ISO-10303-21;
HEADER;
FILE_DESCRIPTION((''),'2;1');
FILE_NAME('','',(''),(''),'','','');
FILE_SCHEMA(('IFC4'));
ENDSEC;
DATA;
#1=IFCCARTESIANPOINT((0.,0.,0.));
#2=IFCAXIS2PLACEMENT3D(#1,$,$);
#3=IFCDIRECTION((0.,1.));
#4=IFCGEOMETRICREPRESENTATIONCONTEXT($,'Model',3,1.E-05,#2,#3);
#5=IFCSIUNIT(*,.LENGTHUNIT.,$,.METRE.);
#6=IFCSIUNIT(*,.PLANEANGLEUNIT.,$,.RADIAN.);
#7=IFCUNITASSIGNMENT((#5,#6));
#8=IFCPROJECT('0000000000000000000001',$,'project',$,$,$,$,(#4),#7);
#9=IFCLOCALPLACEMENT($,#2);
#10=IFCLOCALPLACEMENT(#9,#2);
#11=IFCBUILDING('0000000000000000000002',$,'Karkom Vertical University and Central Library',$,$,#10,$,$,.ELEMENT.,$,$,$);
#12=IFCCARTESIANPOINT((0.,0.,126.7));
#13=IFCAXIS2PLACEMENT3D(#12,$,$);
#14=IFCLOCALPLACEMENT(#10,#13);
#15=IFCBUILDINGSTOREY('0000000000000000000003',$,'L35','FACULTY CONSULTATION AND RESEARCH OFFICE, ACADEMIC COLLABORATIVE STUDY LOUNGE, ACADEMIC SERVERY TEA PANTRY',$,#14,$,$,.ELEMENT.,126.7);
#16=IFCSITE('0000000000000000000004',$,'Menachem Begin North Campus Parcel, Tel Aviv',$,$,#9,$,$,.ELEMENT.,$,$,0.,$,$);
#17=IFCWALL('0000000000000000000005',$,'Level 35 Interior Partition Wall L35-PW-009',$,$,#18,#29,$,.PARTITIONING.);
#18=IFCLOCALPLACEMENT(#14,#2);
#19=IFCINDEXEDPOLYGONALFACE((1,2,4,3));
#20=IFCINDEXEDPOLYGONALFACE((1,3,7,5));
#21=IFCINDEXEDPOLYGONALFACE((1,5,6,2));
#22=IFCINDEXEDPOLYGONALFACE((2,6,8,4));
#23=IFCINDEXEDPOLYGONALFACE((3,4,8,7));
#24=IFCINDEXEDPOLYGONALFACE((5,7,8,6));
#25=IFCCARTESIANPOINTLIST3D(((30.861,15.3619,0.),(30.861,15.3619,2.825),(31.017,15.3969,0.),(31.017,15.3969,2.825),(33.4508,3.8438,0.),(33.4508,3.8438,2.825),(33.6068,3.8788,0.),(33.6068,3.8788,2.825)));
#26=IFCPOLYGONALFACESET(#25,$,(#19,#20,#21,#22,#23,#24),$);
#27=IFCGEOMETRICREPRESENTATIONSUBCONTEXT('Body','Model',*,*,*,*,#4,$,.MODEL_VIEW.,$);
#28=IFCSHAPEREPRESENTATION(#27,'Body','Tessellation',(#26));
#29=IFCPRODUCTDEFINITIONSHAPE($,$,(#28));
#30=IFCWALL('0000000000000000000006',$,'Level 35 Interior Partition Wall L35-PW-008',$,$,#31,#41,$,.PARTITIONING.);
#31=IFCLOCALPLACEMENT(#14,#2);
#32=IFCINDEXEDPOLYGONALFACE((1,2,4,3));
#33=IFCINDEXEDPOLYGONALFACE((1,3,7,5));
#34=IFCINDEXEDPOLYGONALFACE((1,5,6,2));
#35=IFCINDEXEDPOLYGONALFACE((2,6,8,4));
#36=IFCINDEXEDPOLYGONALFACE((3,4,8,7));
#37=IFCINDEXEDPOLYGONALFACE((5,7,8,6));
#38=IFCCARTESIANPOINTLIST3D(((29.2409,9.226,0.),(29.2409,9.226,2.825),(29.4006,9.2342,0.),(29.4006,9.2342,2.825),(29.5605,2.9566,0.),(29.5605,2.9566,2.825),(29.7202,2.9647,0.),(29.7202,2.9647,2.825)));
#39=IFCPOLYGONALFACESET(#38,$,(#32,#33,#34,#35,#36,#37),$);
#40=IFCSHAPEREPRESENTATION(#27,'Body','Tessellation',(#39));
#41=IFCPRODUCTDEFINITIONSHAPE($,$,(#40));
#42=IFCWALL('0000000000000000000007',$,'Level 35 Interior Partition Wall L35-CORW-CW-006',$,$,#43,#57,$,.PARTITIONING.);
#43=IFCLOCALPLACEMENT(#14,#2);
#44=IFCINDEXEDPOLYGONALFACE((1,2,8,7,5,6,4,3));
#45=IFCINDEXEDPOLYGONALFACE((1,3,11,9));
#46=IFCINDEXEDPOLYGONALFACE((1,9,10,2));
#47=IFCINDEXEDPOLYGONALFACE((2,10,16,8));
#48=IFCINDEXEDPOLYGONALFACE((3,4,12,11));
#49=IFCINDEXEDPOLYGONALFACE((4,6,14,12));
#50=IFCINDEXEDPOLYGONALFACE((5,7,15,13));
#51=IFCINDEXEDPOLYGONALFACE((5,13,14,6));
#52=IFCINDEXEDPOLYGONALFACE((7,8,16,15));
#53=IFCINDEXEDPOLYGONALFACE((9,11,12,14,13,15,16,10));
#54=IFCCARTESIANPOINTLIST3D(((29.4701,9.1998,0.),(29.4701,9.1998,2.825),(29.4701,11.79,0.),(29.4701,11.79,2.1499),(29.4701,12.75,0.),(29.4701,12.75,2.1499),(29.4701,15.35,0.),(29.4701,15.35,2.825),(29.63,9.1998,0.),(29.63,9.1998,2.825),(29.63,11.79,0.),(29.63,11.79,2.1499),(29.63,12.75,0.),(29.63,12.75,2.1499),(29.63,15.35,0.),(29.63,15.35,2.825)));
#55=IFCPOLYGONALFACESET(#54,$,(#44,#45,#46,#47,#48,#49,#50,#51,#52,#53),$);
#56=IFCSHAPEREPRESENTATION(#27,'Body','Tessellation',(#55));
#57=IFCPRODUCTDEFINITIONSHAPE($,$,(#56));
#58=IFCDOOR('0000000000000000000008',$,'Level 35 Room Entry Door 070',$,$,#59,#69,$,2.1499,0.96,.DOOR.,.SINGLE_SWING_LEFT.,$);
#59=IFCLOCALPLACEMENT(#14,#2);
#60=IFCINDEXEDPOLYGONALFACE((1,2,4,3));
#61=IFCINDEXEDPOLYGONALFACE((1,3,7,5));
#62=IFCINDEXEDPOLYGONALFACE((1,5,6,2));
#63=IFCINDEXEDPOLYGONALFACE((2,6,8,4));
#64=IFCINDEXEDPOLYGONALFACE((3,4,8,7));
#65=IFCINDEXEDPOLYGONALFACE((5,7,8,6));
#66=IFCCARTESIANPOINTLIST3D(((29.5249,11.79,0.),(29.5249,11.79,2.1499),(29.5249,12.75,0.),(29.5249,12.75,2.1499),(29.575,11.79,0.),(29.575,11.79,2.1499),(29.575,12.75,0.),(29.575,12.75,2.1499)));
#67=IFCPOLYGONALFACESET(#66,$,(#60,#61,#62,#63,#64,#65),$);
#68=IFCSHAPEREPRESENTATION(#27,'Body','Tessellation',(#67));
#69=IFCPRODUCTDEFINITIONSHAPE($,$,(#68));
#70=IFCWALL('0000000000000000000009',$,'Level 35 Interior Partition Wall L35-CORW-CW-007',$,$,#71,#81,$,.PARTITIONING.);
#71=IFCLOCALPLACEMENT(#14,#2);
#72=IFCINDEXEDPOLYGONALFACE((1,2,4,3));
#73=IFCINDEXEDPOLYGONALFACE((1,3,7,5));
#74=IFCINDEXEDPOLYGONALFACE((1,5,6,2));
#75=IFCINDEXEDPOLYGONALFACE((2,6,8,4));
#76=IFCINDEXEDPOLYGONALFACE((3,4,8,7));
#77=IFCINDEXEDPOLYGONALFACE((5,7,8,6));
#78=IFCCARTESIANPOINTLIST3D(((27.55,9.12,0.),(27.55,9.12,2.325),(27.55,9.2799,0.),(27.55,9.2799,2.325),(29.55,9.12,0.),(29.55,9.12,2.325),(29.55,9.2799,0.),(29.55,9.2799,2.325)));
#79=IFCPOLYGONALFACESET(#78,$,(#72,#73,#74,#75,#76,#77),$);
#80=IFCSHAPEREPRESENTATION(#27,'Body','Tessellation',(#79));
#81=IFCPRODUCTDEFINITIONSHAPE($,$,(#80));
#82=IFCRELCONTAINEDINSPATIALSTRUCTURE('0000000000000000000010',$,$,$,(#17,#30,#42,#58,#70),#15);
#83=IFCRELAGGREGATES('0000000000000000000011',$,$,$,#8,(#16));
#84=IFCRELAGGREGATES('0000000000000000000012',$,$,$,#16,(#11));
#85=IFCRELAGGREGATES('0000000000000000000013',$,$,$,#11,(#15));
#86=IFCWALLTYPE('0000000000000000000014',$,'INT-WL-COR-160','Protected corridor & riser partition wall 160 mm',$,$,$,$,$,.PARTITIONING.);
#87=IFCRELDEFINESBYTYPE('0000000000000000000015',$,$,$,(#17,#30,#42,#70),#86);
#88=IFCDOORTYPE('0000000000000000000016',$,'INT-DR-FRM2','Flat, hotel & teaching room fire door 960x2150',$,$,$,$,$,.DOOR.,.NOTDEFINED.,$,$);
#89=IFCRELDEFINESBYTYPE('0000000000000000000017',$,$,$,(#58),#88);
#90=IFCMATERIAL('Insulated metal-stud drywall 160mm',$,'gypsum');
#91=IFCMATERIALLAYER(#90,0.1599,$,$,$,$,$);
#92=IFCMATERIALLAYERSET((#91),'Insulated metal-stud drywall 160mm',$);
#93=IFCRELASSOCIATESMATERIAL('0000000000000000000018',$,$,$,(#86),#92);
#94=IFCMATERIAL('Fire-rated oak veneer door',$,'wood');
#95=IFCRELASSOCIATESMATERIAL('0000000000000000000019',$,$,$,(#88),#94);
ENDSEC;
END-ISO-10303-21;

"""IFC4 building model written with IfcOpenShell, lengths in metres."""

from ifc_helpers import new_model, si_unit, direction, frame, frame_2d, origin, origin_with_axes, place, context, subcontext, project, spatial, rectangle, extrude, source, transform, mapped, material, layer, layer_set, type_object, element, fill, save


model = new_model("IFC4")

# Units and contexts
model_context = context("Model", 3, precision=1e-05, world=origin(), true_north=direction((0.0, 1.0)))
body_context = subcontext(model_context, "Body", "Model", "MODEL_VIEW")
ifc_project = project(units=[si_unit("LENGTHUNIT", "METRE"), si_unit("PLANEANGLEUNIT", "RADIAN")], contexts=[model_context])

# Site, building, storey
site_placement = place(None, origin())
site = spatial("IfcSite", under=ifc_project, at=site_placement, Name="Menachem Begin North Campus Parcel, Tel Aviv", CompositionType="ELEMENT", RefElevation=0.0)
building_placement = place(site_placement, origin())
building = spatial("IfcBuilding", under=site, at=building_placement, Name="Karkom Vertical University and Central Library", CompositionType="ELEMENT")
storey_placement = place(building_placement, frame((0.0, 0.0, 126.7)))
storey = spatial("IfcBuildingStorey", under=building, at=storey_placement, Name="L35", Description="FACULTY CONSULTATION AND RESEARCH OFFICE, ACADEMIC COLLABORATIVE STUDY LOUNGE, ACADEMIC SERVERY TEA PANTRY", CompositionType="ELEMENT", Elevation=126.7)

# Wall
ifc_material_1 = material(Name="Insulated metal-stud drywall 160mm", Category="gypsum")
ifc_layer = layer(ifc_material_1, 0.1599)
ifc_layer_set = layer_set([ifc_layer], Name="Insulated metal-stud drywall 160mm")
wall_type = type_object("IfcWallType", Name="INT-WL-COR-160", Description="Protected corridor & riser partition wall 160 mm", PredefinedType="PARTITIONING", material=ifc_layer_set)
wall_1_placement = place(storey_placement, frame((30.939, 15.3794, 0.0), z_axis=(0.0, 0.0, 1.0), x_axis=(0.219373, -0.975641, 0.0)))
element("IfcWall", 1, at=wall_1_placement, inside=storey, type_object=wall_type, Name="Level 35 Interior Partition Wall L35-PW-009", PredefinedType="PARTITIONING", context=body_context, shape_type="SweptSolid", body=[
    extrude(rectangle(XDim=11.8057, YDim=0.1599, at=frame_2d((5.9028, 0.0))), origin(), (0.0, 0.0, 1.0), 2.825),
])

# Shared definitions
ifc_material_2 = material(Name="Fire-rated oak veneer door", Category="wood")
door_type_1 = type_object("IfcDoorType", Name="INT-DR-FRM2", Description="Flat, hotel & teaching room fire door 960x2150", OperationType="NOTDEFINED", PredefinedType="DOOR", material=ifc_material_2)
shared_shape_1 = source(origin_with_axes(), body_context, "Body", "SweptSolid", [
    extrude(rectangle(XDim=0.96, YDim=2.1499, at=frame_2d((0.48, 1.075))), frame((0.0, 0.0249, 0.0), z_axis=(0.0, -1.0, 0.0), x_axis=(1.0, 0.0, 0.0)), (0.0, 0.0, 1.0), 0.05),
])

# Wall
wall_2_placement = place(storey_placement, frame((29.3208, 9.23, 0.0), z_axis=(0.0, 0.0, 1.0), x_axis=(0.050907, -0.998703, 0.0)))
element("IfcWall", 2, at=wall_2_placement, inside=storey, type_object=wall_type, Name="Level 35 Interior Partition Wall L35-PW-008", PredefinedType="PARTITIONING", context=body_context, shape_type="SweptSolid", body=[
    extrude(rectangle(XDim=6.2776, YDim=0.1599, at=frame_2d((3.1387, 0.0))), origin(), (0.0, 0.0, 1.0), 2.825),
])

# Wall, opening, door
wall_3_placement = place(storey_placement, frame((29.55, 15.3501, 0.0), z_axis=(0.0, 0.0, 1.0), x_axis=(0.0, -1.0, 0.0)))
wall_3 = element("IfcWall", 3, at=wall_3_placement, inside=storey, type_object=wall_type, Name="Level 35 Interior Partition Wall L35-CORW-CW-006", PredefinedType="PARTITIONING", context=body_context, shape_type="SweptSolid", body=[
    extrude(rectangle(XDim=6.1501, YDim=0.1599, at=frame_2d((3.0752, 0.0))), origin(), (0.0, 0.0, 1.0), 2.825),
])
opening_1_placement = place(wall_3_placement, frame((2.6001, 0.0, 0.0)))
opening_1 = element("IfcOpeningElement", 4, at=opening_1_placement, cuts=wall_3, PredefinedType="OPENING", context=body_context, shape_type="SweptSolid", body=[
    extrude(rectangle(XDim=0.96, YDim=2.1499, at=frame_2d((0.48, 1.075))), frame((0.0, 0.0898, 0.0), z_axis=(0.0, -1.0, 0.0), x_axis=(1.0, 0.0, 0.0)), (0.0, 0.0, 1.0), 0.1799),
])
door_1_placement = place(opening_1_placement, origin())
door_1 = element("IfcDoor", 5, at=door_1_placement, inside=storey, type_object=door_type_1, Name="Level 35 Room Entry Door 070", OperationType="SINGLE_SWING_LEFT", OverallHeight=2.1499, OverallWidth=0.96, PredefinedType="DOOR", context=body_context, shape_type="MappedRepresentation", body=[
    mapped(shared_shape_1, transform((0.0, 0.0, 0.0), scale=1.0)),
])
fill(opening_1, door_1)

# Wall
wall_4_placement = place(storey_placement, frame((29.55, 9.2, 0.0), z_axis=(0.0, 0.0, 1.0), x_axis=(-1.0, 0.0, 0.0)))
element("IfcWall", 6, at=wall_4_placement, inside=storey, type_object=wall_type, Name="Level 35 Interior Partition Wall L35-CORW-CW-007", PredefinedType="PARTITIONING", context=body_context, shape_type="SweptSolid", body=[
    extrude(rectangle(XDim=2.0, YDim=0.1599, at=frame_2d((1.0, 0.0))), origin(), (0.0, 0.0, 1.0), 2.325),
])

save(model, "model.ifc")
